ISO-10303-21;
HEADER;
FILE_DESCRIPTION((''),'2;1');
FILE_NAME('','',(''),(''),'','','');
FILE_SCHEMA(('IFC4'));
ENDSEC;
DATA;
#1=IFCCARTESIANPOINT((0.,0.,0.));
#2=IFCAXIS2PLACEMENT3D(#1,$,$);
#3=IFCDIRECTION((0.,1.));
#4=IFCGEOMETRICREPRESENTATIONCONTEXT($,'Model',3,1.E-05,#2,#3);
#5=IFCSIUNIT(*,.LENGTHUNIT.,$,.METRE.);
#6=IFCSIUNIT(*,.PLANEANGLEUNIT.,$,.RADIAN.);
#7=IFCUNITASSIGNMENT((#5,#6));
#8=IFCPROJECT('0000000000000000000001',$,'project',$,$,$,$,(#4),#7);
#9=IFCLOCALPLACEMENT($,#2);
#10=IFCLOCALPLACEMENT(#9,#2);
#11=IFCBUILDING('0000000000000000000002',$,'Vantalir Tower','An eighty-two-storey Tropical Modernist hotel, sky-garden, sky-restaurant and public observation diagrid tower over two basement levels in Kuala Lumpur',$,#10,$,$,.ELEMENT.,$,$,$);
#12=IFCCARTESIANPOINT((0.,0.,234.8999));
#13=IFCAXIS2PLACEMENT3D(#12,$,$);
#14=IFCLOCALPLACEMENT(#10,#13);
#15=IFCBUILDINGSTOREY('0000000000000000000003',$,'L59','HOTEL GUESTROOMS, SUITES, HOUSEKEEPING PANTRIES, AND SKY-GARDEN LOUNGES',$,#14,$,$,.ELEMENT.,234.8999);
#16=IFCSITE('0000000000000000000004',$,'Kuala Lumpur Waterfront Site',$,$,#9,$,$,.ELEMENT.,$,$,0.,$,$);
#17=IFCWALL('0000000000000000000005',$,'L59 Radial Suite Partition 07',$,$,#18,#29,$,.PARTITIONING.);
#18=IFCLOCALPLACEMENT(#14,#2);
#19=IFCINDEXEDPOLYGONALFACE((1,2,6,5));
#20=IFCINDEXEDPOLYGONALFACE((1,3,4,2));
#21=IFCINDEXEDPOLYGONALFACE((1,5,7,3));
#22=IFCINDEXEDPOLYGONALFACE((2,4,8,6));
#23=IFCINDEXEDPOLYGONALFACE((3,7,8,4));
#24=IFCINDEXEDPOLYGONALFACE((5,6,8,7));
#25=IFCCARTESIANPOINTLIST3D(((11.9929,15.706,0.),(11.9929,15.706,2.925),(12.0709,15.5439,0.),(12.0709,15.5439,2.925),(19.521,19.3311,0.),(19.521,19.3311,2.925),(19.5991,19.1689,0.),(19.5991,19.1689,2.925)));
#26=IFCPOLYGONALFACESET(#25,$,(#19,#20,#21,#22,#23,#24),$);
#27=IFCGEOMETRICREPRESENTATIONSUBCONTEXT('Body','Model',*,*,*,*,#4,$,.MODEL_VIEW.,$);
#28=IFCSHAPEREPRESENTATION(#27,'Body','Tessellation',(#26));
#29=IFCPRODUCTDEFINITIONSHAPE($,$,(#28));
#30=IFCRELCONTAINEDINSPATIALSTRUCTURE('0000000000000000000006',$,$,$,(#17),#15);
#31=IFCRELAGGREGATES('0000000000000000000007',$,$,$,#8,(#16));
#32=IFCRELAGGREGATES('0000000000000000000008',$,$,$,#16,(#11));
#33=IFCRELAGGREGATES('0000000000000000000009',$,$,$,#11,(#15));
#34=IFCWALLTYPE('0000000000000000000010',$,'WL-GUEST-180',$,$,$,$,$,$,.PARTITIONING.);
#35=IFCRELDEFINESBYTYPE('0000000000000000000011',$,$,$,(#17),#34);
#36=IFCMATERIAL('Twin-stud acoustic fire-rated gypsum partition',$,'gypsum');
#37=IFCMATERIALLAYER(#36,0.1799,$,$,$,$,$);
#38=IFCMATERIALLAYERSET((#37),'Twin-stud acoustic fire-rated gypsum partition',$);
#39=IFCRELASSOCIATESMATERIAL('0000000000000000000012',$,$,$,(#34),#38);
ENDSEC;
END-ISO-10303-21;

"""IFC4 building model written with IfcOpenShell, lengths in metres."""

from ifc_helpers import new_model, si_unit, direction, frame, frame_2d, origin, place, context, subcontext, project, spatial, rectangle, extrude, material, layer, layer_set, type_object, element, save


model = new_model("IFC4")

# Units and contexts
model_context = context("Model", 3, precision=1e-05, world=origin(), true_north=direction((0.0, 1.0)))
body_context = subcontext(model_context, "Body", "Model", "MODEL_VIEW")
ifc_project = project(units=[si_unit("LENGTHUNIT", "METRE"), si_unit("PLANEANGLEUNIT", "RADIAN")], contexts=[model_context])

# Site, building, storey
site_placement = place(None, origin())
site = spatial("IfcSite", under=ifc_project, at=site_placement, Name="Kuala Lumpur Waterfront Site", CompositionType="ELEMENT", RefElevation=0.0)
building_placement = place(site_placement, origin())
building = spatial("IfcBuilding", under=site, at=building_placement, Name="Vantalir Tower", Description="An eighty-two-storey Tropical Modernist hotel, sky-garden, sky-restaurant and public observation diagrid tower over two basement levels in Kuala Lumpur", CompositionType="ELEMENT")
storey_placement = place(building_placement, frame((0.0, 0.0, 234.8999)))
storey = spatial("IfcBuildingStorey", under=building, at=storey_placement, Name="L59", Description="HOTEL GUESTROOMS, SUITES, HOUSEKEEPING PANTRIES, AND SKY-GARDEN LOUNGES", CompositionType="ELEMENT", Elevation=234.8999)

# Wall
ifc_material_1 = material(Name="Twin-stud acoustic fire-rated gypsum partition", Category="gypsum")
ifc_layer_1 = layer(ifc_material_1, 0.1799)
ifc_layer_set_1 = layer_set([ifc_layer_1], Name="Twin-stud acoustic fire-rated gypsum partition")
wall_type_1 = type_object("IfcWallType", Name="WL-GUEST-180", PredefinedType="PARTITIONING", material=ifc_layer_set_1)
wall_1_placement = place(storey_placement, frame((19.5601, 19.25, 0.0), z_axis=(0.0, 0.0, 1.0), x_axis=(-0.900984, -0.433852, 0.0)))
element("IfcWall", 1, at=wall_1_placement, inside=storey, type_object=wall_type_1, Name="L59 Radial Suite Partition 07", PredefinedType="PARTITIONING", context=body_context, shape_type="SweptSolid", body=[
    extrude(rectangle(XDim=8.3555, YDim=0.1799, at=frame_2d((4.1777, 0.0))), origin(), (0.0, 0.0, 1.0), 2.925),
])

save(model, "model.ifc")
